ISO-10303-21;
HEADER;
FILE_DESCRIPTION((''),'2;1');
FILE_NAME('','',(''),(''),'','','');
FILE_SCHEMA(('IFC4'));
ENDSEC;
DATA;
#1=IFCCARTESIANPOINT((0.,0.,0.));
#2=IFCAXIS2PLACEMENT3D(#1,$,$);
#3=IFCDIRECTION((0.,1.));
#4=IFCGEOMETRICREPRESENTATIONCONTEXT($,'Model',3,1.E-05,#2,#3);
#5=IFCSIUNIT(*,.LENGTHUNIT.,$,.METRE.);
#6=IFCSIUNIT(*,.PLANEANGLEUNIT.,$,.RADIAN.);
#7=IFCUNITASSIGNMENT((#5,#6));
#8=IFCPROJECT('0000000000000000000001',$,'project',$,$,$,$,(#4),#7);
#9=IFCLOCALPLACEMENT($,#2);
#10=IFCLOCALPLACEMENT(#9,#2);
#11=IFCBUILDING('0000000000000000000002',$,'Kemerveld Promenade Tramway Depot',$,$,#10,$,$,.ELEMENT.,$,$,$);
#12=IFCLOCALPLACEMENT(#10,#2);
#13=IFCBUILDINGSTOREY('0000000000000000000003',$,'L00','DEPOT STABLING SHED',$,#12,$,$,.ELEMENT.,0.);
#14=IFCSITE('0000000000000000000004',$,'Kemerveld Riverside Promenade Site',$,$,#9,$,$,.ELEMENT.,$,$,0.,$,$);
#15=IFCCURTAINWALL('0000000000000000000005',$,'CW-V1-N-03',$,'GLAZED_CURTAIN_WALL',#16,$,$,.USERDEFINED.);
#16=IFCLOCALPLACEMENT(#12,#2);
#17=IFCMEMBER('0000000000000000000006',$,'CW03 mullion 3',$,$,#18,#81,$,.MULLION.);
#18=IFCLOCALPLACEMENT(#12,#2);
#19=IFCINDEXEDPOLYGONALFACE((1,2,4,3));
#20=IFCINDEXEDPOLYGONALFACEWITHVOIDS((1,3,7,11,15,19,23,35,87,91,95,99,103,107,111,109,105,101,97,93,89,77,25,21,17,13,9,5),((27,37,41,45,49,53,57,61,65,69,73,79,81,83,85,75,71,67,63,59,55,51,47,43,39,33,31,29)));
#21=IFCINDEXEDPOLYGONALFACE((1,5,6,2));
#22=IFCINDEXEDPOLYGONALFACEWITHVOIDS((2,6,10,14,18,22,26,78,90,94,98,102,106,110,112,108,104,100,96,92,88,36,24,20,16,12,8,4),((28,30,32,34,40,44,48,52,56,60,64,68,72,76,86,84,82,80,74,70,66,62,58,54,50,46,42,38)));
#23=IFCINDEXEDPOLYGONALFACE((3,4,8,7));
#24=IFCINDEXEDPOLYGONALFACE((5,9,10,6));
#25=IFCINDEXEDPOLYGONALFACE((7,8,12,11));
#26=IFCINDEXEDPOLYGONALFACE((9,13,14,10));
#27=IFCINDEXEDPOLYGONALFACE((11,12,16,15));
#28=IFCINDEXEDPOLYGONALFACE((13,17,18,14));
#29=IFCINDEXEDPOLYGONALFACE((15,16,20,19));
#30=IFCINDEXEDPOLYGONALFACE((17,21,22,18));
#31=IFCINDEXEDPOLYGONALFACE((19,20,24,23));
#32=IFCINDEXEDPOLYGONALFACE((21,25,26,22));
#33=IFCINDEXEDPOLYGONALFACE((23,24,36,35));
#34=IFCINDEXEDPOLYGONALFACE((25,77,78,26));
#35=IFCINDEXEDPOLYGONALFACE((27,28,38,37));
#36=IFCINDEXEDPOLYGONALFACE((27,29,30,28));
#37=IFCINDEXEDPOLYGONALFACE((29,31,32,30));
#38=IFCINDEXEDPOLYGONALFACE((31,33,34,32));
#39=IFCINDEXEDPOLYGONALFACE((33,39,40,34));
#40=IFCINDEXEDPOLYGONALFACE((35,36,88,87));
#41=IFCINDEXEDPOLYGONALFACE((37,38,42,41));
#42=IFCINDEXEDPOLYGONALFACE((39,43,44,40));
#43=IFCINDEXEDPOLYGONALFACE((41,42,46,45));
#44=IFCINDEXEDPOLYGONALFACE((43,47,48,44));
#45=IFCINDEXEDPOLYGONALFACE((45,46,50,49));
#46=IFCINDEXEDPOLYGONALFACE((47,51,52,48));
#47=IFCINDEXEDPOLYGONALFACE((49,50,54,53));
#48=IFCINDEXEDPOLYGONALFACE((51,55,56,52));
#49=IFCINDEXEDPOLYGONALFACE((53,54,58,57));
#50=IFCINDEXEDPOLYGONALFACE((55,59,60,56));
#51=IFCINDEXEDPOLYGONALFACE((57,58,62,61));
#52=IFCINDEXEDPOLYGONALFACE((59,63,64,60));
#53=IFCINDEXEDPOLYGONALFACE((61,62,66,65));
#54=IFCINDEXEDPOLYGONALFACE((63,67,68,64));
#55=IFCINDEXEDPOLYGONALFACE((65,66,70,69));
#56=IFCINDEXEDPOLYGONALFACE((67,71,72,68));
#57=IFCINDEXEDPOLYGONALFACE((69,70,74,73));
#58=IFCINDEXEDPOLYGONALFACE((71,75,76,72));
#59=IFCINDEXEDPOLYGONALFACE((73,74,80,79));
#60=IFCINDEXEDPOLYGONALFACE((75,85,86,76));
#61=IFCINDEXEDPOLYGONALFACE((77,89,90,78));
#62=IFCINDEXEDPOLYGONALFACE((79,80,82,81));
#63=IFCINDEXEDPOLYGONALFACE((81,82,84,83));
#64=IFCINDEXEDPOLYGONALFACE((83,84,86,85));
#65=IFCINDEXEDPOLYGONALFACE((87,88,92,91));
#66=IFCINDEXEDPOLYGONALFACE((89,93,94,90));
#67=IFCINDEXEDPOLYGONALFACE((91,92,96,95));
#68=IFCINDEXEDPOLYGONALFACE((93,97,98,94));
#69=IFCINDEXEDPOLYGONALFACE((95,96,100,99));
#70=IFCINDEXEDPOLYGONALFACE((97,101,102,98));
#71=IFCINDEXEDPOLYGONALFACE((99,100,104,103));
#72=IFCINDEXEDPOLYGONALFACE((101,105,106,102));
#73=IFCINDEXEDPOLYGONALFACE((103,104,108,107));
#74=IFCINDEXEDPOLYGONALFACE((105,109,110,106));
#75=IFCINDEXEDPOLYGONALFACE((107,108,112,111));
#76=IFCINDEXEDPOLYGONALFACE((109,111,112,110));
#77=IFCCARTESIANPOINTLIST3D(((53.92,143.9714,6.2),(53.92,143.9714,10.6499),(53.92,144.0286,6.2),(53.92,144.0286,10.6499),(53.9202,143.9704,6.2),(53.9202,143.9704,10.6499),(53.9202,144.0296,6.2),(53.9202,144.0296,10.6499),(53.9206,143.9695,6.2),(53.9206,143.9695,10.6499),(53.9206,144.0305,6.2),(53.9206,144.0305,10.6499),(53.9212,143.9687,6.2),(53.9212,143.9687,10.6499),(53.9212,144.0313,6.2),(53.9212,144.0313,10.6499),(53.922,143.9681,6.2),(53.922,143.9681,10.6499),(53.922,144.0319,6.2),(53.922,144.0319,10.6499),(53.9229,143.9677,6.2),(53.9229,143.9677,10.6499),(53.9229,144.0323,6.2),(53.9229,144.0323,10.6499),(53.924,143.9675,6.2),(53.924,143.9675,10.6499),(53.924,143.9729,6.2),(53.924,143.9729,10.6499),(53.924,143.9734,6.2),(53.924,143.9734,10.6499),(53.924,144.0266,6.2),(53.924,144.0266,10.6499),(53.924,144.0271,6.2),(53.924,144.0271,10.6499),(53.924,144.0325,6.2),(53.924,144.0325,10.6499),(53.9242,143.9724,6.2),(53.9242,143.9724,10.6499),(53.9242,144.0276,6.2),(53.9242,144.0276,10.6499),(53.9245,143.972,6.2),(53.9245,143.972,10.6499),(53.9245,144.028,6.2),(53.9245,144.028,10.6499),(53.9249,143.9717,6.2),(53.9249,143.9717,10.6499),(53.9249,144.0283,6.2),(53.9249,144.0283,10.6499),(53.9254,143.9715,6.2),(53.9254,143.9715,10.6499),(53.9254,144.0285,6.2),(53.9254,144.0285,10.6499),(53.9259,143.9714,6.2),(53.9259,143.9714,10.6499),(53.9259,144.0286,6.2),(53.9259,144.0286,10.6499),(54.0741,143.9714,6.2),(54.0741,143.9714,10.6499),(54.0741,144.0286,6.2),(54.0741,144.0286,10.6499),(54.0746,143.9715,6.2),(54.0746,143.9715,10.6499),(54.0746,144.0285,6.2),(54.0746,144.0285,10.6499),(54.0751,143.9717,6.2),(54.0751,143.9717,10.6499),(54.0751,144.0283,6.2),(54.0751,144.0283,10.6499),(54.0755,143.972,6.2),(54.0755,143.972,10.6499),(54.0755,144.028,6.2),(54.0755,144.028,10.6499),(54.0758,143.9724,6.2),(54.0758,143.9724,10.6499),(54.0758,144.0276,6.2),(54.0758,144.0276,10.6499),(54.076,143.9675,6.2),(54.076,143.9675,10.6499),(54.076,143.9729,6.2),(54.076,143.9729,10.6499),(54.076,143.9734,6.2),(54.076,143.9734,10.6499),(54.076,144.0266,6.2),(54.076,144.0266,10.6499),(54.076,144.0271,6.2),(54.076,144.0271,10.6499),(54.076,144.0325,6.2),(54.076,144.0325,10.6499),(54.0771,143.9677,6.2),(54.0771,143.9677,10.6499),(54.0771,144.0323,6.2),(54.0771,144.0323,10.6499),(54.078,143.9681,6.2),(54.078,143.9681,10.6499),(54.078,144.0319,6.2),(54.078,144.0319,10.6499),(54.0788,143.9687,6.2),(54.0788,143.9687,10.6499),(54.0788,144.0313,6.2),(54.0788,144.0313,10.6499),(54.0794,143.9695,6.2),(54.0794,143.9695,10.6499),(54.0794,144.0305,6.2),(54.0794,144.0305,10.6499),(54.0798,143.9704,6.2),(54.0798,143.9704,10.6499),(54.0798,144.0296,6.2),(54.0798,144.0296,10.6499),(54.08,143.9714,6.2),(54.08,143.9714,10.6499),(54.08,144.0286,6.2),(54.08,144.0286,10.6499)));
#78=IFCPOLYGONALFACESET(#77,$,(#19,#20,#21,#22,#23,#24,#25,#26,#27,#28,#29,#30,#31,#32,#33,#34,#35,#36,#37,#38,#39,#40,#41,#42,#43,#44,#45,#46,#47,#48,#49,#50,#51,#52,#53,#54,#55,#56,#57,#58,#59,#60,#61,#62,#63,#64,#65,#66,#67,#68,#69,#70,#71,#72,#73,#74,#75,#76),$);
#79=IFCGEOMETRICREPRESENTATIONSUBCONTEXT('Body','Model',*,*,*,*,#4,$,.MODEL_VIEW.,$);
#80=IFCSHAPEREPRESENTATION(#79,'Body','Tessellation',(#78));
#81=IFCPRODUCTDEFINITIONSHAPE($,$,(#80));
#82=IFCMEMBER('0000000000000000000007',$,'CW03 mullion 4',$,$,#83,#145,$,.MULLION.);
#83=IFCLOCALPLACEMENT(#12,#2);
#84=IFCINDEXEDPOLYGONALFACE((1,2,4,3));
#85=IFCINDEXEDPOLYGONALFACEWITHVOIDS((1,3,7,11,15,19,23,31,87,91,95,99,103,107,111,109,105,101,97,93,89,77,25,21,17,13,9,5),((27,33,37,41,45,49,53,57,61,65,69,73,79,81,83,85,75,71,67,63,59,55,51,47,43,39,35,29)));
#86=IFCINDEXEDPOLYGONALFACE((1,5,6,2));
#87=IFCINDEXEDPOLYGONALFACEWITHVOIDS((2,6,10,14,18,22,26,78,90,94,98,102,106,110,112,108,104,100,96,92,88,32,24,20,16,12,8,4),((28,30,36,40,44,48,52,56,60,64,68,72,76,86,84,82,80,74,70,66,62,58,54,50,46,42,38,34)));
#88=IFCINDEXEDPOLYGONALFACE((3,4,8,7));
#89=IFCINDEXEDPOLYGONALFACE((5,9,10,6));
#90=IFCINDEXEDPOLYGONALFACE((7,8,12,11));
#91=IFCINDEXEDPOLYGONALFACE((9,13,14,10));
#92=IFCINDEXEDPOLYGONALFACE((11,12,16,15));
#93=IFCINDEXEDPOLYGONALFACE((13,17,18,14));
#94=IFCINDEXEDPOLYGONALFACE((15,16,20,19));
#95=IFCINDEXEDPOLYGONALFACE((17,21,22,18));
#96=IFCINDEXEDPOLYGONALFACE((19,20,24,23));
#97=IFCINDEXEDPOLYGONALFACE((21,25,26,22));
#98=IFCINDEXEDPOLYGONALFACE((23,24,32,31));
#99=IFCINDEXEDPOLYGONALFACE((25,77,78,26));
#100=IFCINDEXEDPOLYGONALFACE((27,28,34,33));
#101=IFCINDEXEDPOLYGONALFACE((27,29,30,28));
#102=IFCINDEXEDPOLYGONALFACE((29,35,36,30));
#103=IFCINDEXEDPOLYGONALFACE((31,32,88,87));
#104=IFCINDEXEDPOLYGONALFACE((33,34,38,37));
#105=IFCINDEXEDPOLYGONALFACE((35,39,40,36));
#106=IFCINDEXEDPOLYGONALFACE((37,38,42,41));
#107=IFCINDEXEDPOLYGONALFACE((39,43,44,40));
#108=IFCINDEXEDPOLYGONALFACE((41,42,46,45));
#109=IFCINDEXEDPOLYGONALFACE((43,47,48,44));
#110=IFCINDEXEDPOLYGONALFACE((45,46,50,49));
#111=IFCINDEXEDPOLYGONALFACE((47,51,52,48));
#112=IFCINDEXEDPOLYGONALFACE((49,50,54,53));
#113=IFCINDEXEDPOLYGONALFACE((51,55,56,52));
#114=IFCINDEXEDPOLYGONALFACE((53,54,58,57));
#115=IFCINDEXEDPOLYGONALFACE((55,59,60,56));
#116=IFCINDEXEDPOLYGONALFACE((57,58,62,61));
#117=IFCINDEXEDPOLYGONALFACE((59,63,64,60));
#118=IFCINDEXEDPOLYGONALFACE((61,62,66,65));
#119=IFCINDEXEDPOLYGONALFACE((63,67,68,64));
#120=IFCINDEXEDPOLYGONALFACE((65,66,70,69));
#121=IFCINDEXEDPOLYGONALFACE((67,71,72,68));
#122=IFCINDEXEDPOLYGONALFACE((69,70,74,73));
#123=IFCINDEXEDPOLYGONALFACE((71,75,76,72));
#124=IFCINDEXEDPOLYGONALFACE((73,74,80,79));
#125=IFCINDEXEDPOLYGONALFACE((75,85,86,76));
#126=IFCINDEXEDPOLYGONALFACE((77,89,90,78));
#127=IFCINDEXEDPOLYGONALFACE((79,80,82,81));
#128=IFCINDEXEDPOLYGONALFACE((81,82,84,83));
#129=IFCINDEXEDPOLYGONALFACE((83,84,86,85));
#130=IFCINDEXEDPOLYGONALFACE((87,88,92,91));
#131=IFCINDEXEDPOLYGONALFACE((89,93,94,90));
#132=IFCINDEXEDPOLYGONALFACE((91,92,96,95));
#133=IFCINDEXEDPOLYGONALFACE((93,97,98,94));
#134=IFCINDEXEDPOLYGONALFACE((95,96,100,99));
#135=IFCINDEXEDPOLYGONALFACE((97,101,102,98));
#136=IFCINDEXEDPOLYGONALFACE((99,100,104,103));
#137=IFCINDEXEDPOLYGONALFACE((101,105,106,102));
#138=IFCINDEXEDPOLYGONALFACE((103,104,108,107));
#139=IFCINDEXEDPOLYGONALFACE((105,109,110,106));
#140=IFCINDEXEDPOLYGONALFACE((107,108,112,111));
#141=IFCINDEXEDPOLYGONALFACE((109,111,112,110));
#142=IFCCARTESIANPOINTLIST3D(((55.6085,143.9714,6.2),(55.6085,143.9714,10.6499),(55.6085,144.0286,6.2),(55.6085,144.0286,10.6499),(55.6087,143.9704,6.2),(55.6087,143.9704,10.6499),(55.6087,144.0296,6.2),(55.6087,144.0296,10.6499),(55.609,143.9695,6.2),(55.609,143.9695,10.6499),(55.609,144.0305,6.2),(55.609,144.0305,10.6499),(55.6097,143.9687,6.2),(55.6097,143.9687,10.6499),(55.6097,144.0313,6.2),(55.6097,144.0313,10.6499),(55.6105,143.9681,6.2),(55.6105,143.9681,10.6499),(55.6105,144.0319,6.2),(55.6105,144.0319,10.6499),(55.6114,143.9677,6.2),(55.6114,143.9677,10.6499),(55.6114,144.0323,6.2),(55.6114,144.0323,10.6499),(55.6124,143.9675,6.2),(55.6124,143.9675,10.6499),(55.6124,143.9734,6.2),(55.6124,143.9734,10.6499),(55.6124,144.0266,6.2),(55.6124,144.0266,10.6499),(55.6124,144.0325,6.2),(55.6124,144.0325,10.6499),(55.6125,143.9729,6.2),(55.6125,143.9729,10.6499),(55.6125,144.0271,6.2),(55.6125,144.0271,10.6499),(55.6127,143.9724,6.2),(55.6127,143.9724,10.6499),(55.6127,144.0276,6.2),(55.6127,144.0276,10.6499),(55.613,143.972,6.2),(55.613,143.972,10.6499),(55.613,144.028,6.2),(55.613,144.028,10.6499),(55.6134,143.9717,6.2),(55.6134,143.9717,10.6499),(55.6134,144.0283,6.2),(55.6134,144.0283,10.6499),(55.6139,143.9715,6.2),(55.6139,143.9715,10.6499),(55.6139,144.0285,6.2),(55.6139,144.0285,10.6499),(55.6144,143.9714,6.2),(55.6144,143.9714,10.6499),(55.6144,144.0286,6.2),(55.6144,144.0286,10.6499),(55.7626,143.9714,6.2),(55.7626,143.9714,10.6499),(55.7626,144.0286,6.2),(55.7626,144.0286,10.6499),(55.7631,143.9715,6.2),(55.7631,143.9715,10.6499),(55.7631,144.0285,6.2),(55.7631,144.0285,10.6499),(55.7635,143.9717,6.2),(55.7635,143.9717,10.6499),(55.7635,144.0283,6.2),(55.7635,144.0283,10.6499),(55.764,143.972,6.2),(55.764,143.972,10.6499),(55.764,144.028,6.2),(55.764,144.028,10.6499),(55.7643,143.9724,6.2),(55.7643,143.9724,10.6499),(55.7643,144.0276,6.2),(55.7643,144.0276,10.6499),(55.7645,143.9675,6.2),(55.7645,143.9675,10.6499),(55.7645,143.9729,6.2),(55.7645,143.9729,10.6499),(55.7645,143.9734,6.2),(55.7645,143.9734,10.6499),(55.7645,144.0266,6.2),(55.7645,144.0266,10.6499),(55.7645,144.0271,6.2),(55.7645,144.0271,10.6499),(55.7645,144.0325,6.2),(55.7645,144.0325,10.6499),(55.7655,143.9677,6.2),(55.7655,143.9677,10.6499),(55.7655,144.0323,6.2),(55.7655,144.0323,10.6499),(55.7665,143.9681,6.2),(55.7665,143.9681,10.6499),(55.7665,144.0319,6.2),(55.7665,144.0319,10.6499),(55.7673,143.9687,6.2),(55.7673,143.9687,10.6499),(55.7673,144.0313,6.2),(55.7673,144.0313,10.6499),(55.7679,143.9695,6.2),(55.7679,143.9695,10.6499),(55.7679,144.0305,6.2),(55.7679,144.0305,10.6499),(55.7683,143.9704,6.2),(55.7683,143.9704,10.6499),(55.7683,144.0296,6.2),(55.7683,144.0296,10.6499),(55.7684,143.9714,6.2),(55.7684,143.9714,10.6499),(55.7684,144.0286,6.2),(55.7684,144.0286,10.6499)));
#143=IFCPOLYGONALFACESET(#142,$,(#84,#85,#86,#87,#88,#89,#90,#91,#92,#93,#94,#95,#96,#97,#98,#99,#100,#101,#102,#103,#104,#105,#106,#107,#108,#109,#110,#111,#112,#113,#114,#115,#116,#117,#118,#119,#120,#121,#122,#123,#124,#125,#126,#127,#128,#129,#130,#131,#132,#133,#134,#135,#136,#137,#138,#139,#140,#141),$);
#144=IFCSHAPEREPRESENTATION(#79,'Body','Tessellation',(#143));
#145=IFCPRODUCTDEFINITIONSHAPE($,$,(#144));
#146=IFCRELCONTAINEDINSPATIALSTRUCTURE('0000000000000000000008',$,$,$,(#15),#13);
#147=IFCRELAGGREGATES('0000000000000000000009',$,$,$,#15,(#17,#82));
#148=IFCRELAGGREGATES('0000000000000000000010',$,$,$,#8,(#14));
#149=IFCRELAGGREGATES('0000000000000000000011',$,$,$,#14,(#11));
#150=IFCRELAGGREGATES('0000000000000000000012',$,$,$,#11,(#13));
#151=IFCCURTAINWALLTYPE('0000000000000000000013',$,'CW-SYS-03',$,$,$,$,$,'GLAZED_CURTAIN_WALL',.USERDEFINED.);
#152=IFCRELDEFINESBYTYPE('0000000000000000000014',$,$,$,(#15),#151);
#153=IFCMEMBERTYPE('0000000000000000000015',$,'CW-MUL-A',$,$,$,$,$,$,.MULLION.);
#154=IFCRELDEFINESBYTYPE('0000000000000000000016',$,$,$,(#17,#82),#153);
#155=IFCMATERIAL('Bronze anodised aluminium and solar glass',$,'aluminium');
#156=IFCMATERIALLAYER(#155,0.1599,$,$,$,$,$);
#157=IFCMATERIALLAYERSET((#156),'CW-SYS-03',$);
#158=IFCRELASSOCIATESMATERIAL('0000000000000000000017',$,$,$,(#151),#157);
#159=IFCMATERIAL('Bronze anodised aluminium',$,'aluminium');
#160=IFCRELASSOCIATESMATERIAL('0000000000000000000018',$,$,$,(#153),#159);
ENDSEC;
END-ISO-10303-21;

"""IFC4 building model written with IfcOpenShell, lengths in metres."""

from ifc_helpers import new_model, si_unit, direction, frame, origin, origin_2d, place, context, subcontext, project, spatial, hollow_rectangle, extrude, material, layer, layer_set, material_profile, profile_set, type_object, element, aggregate, save


model = new_model("IFC4")

# Units and contexts
model_context = context("Model", 3, precision=1e-05, world=origin(), true_north=direction((0.0, 1.0)))
body_context = subcontext(model_context, "Body", "Model", "MODEL_VIEW")
ifc_project = project(units=[si_unit("LENGTHUNIT", "METRE"), si_unit("PLANEANGLEUNIT", "RADIAN")], contexts=[model_context])

# Site, building, storey
site_placement = place(None, origin())
site = spatial("IfcSite", under=ifc_project, at=site_placement, Name="Kemerveld Riverside Promenade Site", CompositionType="ELEMENT", RefElevation=0.0)
building_placement = place(site_placement, origin())
building = spatial("IfcBuilding", under=site, at=building_placement, Name="Kemerveld Promenade Tramway Depot", CompositionType="ELEMENT")
storey_placement = place(building_placement, origin())
storey = spatial("IfcBuildingStorey", under=building, at=storey_placement, Name="L00", Description="DEPOT STABLING SHED", CompositionType="ELEMENT", Elevation=0.0)

# Curtain wall, members
ifc_material_1 = material(Name="Bronze anodised aluminium and solar glass", Category="aluminium")
ifc_layer_1 = layer(ifc_material_1, 0.1599)
ifc_layer_set_1 = layer_set([ifc_layer_1], Name="CW-SYS-03")
curtain_wall_type_1 = type_object("IfcCurtainWallType", Name="CW-SYS-03", ElementType="GLAZED_CURTAIN_WALL", PredefinedType="USERDEFINED", material=ifc_layer_set_1)
curtain_wall_1_placement = place(storey_placement, origin())
curtain_wall_1 = element("IfcCurtainWall", 1, at=curtain_wall_1_placement, inside=storey, type_object=curtain_wall_type_1, Name="CW-V1-N-03", ObjectType="GLAZED_CURTAIN_WALL", PredefinedType="USERDEFINED")
ifc_material_2 = material(Name="Bronze anodised aluminium", Category="aluminium")
ifc_material_profile_1 = material_profile(ifc_material_2, hollow_rectangle(XDim=0.0649, YDim=0.1599, WallThickness=0.0039, InnerFilletRadius=0.002, OuterFilletRadius=0.0039, at=origin_2d()), Name="CW-MUL-160x65")
ifc_profile_set_1 = profile_set([ifc_material_profile_1], Name="Bronze anodised aluminium")
member_type_1 = type_object("IfcMemberType", Name="CW-MUL-A", PredefinedType="MULLION", material=ifc_profile_set_1)
member_1_placement = place(storey_placement, frame((54.0, 144.0, 6.2), z_axis=(0.0, 0.0, 1.0), x_axis=(0.0, 1.0, 0.0)))
member_1 = element("IfcMember", 2, at=member_1_placement, type_object=member_type_1, Name="CW03 mullion 3", PredefinedType="MULLION", context=body_context, shape_type="SweptSolid", body=[
    extrude(hollow_rectangle(XDim=0.0649, YDim=0.1599, WallThickness=0.0039, InnerFilletRadius=0.002, OuterFilletRadius=0.0039, at=origin_2d()), origin(), (0.0, 0.0, 1.0), 4.45),
])
member_2_placement = place(storey_placement, frame((55.6885, 144.0, 6.2), z_axis=(0.0, 0.0, 1.0), x_axis=(0.0, 1.0, 0.0)))
member_2 = element("IfcMember", 3, at=member_2_placement, type_object=member_type_1, Name="CW03 mullion 4", PredefinedType="MULLION", context=body_context, shape_type="SweptSolid", body=[
    extrude(hollow_rectangle(XDim=0.0649, YDim=0.1599, WallThickness=0.0039, InnerFilletRadius=0.002, OuterFilletRadius=0.0039, at=origin_2d()), origin(), (0.0, 0.0, 1.0), 4.45),
])

aggregate(curtain_wall_1, [member_1, member_2])

save(model, "model.ifc")
